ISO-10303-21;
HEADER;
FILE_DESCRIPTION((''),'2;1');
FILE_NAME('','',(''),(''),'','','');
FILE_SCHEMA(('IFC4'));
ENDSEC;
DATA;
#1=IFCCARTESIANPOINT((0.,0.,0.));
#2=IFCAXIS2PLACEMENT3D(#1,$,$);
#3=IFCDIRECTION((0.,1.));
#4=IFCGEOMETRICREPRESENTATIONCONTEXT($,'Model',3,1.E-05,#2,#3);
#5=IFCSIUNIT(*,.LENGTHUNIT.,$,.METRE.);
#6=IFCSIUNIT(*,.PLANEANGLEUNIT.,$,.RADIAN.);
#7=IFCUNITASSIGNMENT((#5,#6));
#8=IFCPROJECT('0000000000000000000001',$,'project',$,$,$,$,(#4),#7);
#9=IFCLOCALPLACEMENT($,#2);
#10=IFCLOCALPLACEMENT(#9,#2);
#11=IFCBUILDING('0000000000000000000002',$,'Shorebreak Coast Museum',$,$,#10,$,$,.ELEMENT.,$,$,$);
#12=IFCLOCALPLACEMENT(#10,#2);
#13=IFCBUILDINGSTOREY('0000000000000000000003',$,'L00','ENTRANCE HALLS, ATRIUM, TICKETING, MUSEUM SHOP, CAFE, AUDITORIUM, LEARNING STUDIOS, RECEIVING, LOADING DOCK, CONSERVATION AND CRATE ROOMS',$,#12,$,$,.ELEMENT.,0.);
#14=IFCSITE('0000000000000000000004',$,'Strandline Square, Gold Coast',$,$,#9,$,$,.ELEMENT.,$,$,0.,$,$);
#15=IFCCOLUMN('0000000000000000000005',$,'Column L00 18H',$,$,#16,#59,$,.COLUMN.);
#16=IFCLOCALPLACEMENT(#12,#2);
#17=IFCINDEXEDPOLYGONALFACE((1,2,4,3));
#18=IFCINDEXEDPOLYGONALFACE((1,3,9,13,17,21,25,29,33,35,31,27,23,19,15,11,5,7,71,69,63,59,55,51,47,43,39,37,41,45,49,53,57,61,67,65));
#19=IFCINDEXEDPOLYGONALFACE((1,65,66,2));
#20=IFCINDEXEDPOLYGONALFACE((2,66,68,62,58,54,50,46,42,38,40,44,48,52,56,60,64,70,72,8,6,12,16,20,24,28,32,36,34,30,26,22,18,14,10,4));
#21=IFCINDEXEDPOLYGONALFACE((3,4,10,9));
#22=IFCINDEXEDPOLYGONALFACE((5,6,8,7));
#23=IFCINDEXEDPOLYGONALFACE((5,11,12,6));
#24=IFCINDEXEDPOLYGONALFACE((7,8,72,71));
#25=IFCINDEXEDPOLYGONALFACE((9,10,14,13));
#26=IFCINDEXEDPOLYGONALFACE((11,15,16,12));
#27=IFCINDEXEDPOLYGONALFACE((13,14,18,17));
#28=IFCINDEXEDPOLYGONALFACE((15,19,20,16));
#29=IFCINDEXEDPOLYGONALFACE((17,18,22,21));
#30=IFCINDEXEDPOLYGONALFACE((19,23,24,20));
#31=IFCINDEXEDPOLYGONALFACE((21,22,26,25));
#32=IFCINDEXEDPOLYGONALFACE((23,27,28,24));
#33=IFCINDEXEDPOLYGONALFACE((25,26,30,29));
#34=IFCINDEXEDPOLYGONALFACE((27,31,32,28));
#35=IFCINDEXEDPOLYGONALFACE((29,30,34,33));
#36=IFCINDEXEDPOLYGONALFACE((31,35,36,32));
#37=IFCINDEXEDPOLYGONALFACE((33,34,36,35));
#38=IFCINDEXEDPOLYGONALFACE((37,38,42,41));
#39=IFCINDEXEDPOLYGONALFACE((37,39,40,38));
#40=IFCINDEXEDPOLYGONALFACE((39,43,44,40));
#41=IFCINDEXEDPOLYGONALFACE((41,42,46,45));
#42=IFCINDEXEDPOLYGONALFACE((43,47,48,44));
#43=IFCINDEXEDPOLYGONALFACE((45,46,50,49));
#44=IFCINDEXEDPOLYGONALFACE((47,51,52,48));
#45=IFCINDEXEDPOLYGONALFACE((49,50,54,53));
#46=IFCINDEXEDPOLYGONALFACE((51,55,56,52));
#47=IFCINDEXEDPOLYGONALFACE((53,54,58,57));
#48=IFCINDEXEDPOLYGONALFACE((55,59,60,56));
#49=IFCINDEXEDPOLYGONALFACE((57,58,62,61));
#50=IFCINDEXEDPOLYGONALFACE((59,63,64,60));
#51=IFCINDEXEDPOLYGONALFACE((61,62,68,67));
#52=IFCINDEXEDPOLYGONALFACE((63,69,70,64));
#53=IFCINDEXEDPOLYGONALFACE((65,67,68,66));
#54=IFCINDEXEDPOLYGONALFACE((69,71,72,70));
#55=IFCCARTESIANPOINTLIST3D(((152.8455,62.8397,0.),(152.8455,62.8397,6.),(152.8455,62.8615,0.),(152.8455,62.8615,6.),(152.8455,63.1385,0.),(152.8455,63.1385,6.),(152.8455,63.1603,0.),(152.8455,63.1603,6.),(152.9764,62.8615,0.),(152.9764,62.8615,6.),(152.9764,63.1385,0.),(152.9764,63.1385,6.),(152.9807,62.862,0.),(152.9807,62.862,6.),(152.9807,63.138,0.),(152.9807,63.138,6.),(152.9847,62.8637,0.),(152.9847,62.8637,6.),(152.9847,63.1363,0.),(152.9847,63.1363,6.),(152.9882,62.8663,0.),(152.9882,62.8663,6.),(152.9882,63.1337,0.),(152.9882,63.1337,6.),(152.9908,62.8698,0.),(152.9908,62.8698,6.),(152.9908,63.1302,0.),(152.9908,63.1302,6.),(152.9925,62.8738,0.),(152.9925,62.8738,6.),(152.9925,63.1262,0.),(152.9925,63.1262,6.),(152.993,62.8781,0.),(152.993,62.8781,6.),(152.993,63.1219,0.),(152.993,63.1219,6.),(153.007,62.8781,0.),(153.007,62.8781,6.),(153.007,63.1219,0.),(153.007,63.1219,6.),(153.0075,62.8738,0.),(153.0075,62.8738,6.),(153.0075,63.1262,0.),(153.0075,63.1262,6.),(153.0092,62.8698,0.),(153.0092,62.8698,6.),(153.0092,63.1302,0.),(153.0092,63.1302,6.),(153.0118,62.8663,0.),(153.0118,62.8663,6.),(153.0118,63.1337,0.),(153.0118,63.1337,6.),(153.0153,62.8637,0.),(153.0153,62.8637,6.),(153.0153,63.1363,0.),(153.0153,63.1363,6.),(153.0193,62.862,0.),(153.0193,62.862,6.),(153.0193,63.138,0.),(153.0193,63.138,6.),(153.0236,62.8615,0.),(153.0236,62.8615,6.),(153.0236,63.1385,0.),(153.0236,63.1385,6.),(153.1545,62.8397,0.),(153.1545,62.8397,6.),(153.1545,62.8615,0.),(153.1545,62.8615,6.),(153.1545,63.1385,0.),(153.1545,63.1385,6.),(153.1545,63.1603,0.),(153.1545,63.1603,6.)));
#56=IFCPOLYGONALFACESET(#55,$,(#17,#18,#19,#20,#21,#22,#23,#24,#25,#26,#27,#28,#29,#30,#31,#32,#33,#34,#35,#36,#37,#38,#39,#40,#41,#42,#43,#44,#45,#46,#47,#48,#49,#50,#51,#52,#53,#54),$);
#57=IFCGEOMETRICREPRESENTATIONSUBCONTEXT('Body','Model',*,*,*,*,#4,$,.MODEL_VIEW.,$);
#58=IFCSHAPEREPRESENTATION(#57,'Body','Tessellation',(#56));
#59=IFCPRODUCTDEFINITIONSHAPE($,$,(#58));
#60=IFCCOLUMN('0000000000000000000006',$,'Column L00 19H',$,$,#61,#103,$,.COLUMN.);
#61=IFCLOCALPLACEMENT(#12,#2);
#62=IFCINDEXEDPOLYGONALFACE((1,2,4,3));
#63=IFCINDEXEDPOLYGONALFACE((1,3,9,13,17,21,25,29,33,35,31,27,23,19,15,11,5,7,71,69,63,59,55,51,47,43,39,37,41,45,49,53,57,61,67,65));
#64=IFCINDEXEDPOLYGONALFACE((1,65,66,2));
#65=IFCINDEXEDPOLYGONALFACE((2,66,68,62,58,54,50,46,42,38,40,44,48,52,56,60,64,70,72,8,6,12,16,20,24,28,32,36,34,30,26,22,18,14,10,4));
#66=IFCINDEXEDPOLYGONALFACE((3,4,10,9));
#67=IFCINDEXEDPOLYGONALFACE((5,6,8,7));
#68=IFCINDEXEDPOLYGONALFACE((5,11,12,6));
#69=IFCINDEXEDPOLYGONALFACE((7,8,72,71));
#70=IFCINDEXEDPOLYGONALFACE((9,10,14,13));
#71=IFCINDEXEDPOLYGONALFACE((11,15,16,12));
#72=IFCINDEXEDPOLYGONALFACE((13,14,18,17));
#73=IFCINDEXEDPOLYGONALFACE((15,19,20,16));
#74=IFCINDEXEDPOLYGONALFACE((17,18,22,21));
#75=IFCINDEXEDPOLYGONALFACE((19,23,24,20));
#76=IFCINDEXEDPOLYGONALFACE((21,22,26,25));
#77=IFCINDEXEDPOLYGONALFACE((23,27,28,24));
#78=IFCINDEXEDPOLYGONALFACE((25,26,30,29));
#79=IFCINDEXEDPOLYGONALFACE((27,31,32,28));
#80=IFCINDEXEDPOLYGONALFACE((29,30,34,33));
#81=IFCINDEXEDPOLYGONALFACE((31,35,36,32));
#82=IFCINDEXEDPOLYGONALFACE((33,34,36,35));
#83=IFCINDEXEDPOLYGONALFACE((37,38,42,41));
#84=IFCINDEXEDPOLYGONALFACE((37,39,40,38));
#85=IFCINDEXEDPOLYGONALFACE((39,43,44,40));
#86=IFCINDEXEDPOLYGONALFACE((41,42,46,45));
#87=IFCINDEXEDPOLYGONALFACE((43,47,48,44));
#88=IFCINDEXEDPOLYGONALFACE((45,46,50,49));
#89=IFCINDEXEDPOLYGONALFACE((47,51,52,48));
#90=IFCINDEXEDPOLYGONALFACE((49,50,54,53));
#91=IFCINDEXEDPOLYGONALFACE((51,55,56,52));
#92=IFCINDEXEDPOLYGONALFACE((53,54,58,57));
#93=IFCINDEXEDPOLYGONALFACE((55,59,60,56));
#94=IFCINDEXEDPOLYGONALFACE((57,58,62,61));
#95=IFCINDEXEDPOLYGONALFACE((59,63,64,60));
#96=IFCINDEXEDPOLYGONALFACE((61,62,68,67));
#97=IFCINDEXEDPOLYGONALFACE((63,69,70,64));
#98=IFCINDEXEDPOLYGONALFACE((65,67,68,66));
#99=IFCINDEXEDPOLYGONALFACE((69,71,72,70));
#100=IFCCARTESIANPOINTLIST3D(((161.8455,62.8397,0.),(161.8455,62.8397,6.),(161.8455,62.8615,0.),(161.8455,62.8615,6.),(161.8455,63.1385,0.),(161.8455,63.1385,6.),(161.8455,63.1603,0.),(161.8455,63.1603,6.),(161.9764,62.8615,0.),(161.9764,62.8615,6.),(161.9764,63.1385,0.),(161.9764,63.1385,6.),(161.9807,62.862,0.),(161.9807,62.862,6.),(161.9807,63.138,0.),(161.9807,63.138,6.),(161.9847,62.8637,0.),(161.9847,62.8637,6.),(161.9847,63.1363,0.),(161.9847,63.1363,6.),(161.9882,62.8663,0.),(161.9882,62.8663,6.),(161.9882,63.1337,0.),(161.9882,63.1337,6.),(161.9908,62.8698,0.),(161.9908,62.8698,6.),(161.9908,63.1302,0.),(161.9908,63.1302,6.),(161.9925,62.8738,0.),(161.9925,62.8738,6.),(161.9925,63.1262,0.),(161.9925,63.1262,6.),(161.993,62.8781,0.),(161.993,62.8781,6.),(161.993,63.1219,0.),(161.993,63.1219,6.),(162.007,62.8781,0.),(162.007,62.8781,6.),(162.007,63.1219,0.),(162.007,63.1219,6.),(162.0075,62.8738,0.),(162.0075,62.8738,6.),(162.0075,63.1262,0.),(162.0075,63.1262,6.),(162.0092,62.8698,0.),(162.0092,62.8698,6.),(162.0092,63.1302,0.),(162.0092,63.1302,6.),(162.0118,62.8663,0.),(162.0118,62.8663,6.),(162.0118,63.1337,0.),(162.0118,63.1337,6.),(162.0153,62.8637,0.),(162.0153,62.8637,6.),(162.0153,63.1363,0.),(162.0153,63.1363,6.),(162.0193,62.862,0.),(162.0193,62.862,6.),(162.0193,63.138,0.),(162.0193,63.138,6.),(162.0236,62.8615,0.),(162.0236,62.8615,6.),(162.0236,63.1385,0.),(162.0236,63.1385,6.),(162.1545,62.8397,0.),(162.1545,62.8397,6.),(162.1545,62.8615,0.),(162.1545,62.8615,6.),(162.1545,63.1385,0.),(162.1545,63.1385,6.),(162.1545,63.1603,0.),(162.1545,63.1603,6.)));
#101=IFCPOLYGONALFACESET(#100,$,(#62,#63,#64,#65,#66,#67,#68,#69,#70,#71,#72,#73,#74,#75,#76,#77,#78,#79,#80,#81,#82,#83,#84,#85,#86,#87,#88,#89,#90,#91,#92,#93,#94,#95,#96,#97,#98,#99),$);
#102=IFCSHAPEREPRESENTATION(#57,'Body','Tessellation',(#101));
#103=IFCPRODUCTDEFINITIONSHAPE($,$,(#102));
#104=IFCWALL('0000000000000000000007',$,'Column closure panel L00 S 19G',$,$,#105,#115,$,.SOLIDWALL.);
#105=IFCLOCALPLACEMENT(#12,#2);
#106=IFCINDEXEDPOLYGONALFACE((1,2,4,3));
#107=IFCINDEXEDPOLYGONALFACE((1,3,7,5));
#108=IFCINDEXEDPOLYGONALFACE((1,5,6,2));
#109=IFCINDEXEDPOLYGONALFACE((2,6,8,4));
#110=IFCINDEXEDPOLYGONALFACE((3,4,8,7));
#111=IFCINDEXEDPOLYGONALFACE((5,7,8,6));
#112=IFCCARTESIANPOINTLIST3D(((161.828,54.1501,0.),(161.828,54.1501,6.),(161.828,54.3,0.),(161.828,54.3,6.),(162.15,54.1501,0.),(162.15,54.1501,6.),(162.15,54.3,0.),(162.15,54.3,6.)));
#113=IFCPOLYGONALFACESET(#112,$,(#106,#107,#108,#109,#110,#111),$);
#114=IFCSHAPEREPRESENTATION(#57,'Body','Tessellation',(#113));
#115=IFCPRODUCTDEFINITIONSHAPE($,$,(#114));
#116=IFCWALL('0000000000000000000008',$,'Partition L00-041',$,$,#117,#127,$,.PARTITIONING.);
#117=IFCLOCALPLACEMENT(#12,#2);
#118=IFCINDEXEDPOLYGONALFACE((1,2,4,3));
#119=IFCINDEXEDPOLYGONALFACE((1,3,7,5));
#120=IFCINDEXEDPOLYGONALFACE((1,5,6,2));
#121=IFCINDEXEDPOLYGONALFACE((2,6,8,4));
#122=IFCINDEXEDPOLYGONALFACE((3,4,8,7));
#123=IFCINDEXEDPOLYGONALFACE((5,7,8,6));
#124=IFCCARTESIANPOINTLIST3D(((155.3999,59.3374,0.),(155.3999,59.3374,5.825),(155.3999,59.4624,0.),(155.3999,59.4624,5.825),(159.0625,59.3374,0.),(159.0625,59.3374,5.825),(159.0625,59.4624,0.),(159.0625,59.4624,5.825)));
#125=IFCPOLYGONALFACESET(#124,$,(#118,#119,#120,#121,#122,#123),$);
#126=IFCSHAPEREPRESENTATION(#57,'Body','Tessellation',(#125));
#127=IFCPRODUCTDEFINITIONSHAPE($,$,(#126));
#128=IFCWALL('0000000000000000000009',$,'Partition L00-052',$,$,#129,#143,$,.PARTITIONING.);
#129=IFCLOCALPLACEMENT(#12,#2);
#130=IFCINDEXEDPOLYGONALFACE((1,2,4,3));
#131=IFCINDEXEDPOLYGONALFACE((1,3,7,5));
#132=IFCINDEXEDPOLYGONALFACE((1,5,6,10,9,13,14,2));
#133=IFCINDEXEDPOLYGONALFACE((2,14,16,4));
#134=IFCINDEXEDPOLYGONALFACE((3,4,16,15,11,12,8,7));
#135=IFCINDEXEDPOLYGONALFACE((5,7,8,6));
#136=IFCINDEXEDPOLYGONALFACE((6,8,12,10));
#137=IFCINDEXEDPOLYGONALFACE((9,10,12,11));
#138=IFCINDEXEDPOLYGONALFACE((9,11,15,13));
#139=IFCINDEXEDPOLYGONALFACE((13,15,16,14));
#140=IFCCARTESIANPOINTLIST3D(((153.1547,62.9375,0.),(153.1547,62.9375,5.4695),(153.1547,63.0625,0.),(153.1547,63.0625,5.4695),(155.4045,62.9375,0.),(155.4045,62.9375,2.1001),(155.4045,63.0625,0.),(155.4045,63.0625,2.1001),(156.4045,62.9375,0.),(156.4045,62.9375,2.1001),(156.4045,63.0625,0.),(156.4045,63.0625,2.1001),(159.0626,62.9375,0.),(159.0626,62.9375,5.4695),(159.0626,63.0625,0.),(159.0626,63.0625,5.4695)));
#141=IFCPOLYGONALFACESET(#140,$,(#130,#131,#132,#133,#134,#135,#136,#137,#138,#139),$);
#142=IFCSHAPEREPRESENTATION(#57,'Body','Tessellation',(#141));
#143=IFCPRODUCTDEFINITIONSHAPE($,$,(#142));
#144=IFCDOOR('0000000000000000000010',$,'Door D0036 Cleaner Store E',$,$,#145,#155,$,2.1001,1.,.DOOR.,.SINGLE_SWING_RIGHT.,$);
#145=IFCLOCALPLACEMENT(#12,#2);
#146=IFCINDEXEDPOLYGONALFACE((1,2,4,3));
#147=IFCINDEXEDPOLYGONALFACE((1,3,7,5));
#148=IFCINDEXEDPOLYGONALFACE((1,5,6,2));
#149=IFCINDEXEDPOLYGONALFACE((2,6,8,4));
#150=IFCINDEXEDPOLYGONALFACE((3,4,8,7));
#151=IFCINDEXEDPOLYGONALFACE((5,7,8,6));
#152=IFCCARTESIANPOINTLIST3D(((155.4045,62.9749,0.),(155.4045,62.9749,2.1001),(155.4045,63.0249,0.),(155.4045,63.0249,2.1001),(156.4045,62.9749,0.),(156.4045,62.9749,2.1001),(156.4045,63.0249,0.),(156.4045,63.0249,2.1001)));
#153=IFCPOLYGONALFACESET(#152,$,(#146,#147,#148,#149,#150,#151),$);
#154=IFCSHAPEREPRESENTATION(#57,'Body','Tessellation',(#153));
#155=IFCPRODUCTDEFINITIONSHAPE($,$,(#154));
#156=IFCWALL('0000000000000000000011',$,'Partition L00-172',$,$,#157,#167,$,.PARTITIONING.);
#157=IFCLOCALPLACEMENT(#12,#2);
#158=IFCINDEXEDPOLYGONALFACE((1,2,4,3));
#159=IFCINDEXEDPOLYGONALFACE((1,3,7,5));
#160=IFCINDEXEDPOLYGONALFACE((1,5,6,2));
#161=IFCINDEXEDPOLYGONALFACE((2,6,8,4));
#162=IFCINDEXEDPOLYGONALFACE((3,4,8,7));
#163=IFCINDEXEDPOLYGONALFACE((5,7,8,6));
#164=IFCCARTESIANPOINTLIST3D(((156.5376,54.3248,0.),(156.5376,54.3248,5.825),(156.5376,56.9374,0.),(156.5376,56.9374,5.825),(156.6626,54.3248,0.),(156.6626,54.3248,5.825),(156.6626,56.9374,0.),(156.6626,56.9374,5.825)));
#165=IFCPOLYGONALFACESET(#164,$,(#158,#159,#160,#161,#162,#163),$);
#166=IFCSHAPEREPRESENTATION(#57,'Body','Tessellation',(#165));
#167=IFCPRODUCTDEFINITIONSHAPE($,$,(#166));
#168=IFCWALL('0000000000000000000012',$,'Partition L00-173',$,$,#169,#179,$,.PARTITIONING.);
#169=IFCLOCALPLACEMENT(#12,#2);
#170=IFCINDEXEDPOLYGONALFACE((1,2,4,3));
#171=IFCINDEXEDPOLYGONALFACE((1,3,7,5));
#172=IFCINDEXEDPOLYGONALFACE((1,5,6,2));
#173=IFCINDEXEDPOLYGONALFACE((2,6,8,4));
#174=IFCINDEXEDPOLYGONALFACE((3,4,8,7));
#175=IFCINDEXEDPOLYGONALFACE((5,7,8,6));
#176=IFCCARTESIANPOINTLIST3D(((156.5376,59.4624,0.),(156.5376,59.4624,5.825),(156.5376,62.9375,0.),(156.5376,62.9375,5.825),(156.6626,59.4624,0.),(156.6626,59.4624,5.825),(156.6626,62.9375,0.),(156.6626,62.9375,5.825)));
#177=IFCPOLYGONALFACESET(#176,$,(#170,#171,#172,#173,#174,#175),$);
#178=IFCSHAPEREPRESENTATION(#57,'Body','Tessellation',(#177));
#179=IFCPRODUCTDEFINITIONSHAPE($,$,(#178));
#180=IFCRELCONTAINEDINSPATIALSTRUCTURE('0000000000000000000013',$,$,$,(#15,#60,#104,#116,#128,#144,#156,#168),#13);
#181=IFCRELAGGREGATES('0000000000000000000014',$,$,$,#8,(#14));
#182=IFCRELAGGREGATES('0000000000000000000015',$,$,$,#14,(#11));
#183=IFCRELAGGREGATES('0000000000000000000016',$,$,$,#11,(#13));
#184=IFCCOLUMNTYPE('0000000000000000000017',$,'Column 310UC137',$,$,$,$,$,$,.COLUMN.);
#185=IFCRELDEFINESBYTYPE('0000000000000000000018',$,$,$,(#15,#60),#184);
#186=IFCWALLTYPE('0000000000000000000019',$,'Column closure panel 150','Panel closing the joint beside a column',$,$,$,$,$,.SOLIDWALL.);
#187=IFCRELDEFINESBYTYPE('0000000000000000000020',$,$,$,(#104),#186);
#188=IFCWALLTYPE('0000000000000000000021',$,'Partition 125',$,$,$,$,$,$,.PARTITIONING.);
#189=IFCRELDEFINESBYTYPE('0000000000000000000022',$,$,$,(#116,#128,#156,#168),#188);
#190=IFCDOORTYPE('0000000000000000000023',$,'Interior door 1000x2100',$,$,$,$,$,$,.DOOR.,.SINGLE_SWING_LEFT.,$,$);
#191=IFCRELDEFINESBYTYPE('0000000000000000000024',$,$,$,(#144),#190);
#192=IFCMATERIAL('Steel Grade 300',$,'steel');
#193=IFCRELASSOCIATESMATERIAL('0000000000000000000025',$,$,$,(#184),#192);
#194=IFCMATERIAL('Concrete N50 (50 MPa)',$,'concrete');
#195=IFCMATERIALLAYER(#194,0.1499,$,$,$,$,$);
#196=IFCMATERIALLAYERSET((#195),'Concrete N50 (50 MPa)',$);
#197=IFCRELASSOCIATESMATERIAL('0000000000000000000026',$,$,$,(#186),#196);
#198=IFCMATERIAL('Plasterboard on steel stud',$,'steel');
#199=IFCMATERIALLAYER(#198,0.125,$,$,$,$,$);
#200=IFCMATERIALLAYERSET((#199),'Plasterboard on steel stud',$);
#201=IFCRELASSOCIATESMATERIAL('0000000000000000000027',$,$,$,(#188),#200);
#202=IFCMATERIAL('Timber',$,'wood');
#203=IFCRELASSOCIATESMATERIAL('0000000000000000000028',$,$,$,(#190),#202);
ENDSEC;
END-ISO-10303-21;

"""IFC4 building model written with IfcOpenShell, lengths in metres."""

from ifc_helpers import new_model, si_unit, direction, frame, frame_2d, origin, origin_2d, place, context, subcontext, project, spatial, rectangle, i_section, extrude, material, layer, layer_set, material_profile, profile_set, type_object, element, fill, save


model = new_model("IFC4")

# Units and contexts
model_context = context("Model", 3, precision=1e-05, world=origin(), true_north=direction((0.0, 1.0)))
body_context = subcontext(model_context, "Body", "Model", "MODEL_VIEW")
ifc_project = project(units=[si_unit("LENGTHUNIT", "METRE"), si_unit("PLANEANGLEUNIT", "RADIAN")], contexts=[model_context])

# Site, building, storey
site_placement = place(None, origin())
site = spatial("IfcSite", under=ifc_project, at=site_placement, Name="Strandline Square, Gold Coast", CompositionType="ELEMENT", RefElevation=0.0)
building_placement = place(site_placement, origin())
building = spatial("IfcBuilding", under=site, at=building_placement, Name="Shorebreak Coast Museum", CompositionType="ELEMENT")
storey_placement = place(building_placement, origin())
storey = spatial("IfcBuildingStorey", under=building, at=storey_placement, Name="L00", Description="ENTRANCE HALLS, ATRIUM, TICKETING, MUSEUM SHOP, CAFE, AUDITORIUM, LEARNING STUDIOS, RECEIVING, LOADING DOCK, CONSERVATION AND CRATE ROOMS", CompositionType="ELEMENT", Elevation=0.0)

# Columns
ifc_material_1 = material(Name="Steel Grade 300", Category="steel")
ifc_material_profile_1 = material_profile(ifc_material_1, i_section(OverallWidth=0.3091, OverallDepth=0.3206, WebThickness=0.0139, FlangeThickness=0.0217, FilletRadius=0.0166, at=origin_2d()), Name="310UC137")
ifc_profile_set_1 = profile_set([ifc_material_profile_1], Name="Steel Grade 300")
column_type = type_object("IfcColumnType", Name="Column 310UC137", PredefinedType="COLUMN", material=ifc_profile_set_1)
for number, where, z_axis, x_axis, name in (
    (1, (153.0, 63.0, 0.0), (0.0, 0.0, 1.0), (1.0, 0.0, 0.0), "Column L00 18H"),
    (2, (162.0, 63.0, 0.0), (0.0, 0.0, 1.0), (1.0, 0.0, 0.0), "Column L00 19H"),
):
    element("IfcColumn", number, at=place(storey_placement, frame(where, z_axis=z_axis, x_axis=x_axis)), inside=storey, type_object=column_type, Name=name, PredefinedType="COLUMN", context=body_context, shape_type="SweptSolid", body=[
        extrude(i_section(OverallWidth=0.3091, OverallDepth=0.3206, WebThickness=0.0139, FlangeThickness=0.0217, FilletRadius=0.0166, at=origin_2d()), origin(), (0.0, 0.0, 1.0), 6.0),
    ])

# Walls
ifc_material_2 = material(Name="Concrete N50 (50 MPa)", Category="concrete")
ifc_layer_1 = layer(ifc_material_2, 0.1499)
ifc_layer_set_1 = layer_set([ifc_layer_1], Name="Concrete N50 (50 MPa)")
wall_type_1 = type_object("IfcWallType", Name="Column closure panel 150", Description="Panel closing the joint beside a column", PredefinedType="SOLIDWALL", material=ifc_layer_set_1)
wall_1_placement = place(storey_placement, frame((161.8279, 54.2251, 0.0), z_axis=(0.0, 0.0, 1.0), x_axis=(1.0, 0.0, 0.0)))
element("IfcWall", 3, at=wall_1_placement, inside=storey, type_object=wall_type_1, Name="Column closure panel L00 S 19G", PredefinedType="SOLIDWALL", context=body_context, shape_type="SweptSolid", body=[
    extrude(rectangle(XDim=0.322, YDim=0.1499, at=frame_2d((0.1611, 0.0))), origin(), (0.0, 0.0, 1.0), 6.0),
])
ifc_material_3 = material(Name="Plasterboard on steel stud", Category="steel")
ifc_layer_2 = layer(ifc_material_3, 0.125)
ifc_layer_set_2 = layer_set([ifc_layer_2], Name="Plasterboard on steel stud")
wall_type_2 = type_object("IfcWallType", Name="Partition 125", PredefinedType="PARTITIONING", material=ifc_layer_set_2)
wall_2_placement = place(storey_placement, frame((155.3999, 59.3999, 0.0), z_axis=(0.0, 0.0, 1.0), x_axis=(1.0, 0.0, 0.0)))
element("IfcWall", 4, at=wall_2_placement, inside=storey, type_object=wall_type_2, Name="Partition L00-041", PredefinedType="PARTITIONING", context=body_context, shape_type="SweptSolid", body=[
    extrude(rectangle(XDim=3.6626, YDim=0.125, at=frame_2d((1.8313, 0.0))), origin(), (0.0, 0.0, 1.0), 5.825),
])

# Wall, opening, door
wall_3_placement = place(storey_placement, frame((153.1545, 63.0, 0.0), z_axis=(0.0, 0.0, 1.0), x_axis=(1.0, 0.0, 0.0)))
wall_3 = element("IfcWall", 5, at=wall_3_placement, inside=storey, type_object=wall_type_2, Name="Partition L00-052", PredefinedType="PARTITIONING", context=body_context, shape_type="SweptSolid", body=[
    extrude(rectangle(XDim=5.908, YDim=0.125, at=frame_2d((2.9541, 0.0))), origin(), (0.0, 0.0, 1.0), 5.4695),
])
opening_1_placement = place(wall_3_placement, frame((2.25, 0.0, 0.0)))
opening_1 = element("IfcOpeningElement", 6, at=opening_1_placement, cuts=wall_3, PredefinedType="OPENING", context=body_context, shape_type="SweptSolid", body=[
    extrude(rectangle(XDim=1.0, YDim=2.1001, at=frame_2d((0.5, 1.05))), frame((0.0, 0.0725, 0.0), z_axis=(0.0, -1.0, 0.0), x_axis=(1.0, 0.0, 0.0)), (0.0, 0.0, 1.0), 0.145),
])
ifc_material_4 = material(Name="Timber", Category="wood")
door_type_1 = type_object("IfcDoorType", Name="Interior door 1000x2100", OperationType="SINGLE_SWING_LEFT", PredefinedType="DOOR", material=ifc_material_4)
door_1_placement = place(opening_1_placement, origin())
door_1 = element("IfcDoor", 7, at=door_1_placement, inside=storey, type_object=door_type_1, Name="Door D0036 Cleaner Store E", OperationType="SINGLE_SWING_RIGHT", OverallHeight=2.1001, OverallWidth=1.0, PredefinedType="DOOR", context=body_context, shape_type="SweptSolid", body=[
    extrude(rectangle(XDim=1.0, YDim=2.1001, at=frame_2d((0.5, 1.05))), frame((0.0, 0.0249, 0.0), z_axis=(0.0, -1.0, 0.0), x_axis=(1.0, 0.0, 0.0)), (0.0, 0.0, 1.0), 0.05),
])
fill(opening_1, door_1)

# Walls
wall_4_placement = place(storey_placement, frame((156.6001, 54.325, 0.0), z_axis=(0.0, 0.0, 1.0), x_axis=(0.0, 1.0, 0.0)))
element("IfcWall", 8, at=wall_4_placement, inside=storey, type_object=wall_type_2, Name="Partition L00-172", PredefinedType="PARTITIONING", context=body_context, shape_type="SweptSolid", body=[
    extrude(rectangle(XDim=2.6125, YDim=0.125, at=frame_2d((1.3062, 0.0))), origin(), (0.0, 0.0, 1.0), 5.825),
])
wall_5_placement = place(storey_placement, frame((156.6001, 59.4624, 0.0), z_axis=(0.0, 0.0, 1.0), x_axis=(0.0, 1.0, 0.0)))
element("IfcWall", 9, at=wall_5_placement, inside=storey, type_object=wall_type_2, Name="Partition L00-173", PredefinedType="PARTITIONING", context=body_context, shape_type="SweptSolid", body=[
    extrude(rectangle(XDim=3.4751, YDim=0.125, at=frame_2d((1.7375, 0.0))), origin(), (0.0, 0.0, 1.0), 5.825),
])

save(model, "model.ifc")
